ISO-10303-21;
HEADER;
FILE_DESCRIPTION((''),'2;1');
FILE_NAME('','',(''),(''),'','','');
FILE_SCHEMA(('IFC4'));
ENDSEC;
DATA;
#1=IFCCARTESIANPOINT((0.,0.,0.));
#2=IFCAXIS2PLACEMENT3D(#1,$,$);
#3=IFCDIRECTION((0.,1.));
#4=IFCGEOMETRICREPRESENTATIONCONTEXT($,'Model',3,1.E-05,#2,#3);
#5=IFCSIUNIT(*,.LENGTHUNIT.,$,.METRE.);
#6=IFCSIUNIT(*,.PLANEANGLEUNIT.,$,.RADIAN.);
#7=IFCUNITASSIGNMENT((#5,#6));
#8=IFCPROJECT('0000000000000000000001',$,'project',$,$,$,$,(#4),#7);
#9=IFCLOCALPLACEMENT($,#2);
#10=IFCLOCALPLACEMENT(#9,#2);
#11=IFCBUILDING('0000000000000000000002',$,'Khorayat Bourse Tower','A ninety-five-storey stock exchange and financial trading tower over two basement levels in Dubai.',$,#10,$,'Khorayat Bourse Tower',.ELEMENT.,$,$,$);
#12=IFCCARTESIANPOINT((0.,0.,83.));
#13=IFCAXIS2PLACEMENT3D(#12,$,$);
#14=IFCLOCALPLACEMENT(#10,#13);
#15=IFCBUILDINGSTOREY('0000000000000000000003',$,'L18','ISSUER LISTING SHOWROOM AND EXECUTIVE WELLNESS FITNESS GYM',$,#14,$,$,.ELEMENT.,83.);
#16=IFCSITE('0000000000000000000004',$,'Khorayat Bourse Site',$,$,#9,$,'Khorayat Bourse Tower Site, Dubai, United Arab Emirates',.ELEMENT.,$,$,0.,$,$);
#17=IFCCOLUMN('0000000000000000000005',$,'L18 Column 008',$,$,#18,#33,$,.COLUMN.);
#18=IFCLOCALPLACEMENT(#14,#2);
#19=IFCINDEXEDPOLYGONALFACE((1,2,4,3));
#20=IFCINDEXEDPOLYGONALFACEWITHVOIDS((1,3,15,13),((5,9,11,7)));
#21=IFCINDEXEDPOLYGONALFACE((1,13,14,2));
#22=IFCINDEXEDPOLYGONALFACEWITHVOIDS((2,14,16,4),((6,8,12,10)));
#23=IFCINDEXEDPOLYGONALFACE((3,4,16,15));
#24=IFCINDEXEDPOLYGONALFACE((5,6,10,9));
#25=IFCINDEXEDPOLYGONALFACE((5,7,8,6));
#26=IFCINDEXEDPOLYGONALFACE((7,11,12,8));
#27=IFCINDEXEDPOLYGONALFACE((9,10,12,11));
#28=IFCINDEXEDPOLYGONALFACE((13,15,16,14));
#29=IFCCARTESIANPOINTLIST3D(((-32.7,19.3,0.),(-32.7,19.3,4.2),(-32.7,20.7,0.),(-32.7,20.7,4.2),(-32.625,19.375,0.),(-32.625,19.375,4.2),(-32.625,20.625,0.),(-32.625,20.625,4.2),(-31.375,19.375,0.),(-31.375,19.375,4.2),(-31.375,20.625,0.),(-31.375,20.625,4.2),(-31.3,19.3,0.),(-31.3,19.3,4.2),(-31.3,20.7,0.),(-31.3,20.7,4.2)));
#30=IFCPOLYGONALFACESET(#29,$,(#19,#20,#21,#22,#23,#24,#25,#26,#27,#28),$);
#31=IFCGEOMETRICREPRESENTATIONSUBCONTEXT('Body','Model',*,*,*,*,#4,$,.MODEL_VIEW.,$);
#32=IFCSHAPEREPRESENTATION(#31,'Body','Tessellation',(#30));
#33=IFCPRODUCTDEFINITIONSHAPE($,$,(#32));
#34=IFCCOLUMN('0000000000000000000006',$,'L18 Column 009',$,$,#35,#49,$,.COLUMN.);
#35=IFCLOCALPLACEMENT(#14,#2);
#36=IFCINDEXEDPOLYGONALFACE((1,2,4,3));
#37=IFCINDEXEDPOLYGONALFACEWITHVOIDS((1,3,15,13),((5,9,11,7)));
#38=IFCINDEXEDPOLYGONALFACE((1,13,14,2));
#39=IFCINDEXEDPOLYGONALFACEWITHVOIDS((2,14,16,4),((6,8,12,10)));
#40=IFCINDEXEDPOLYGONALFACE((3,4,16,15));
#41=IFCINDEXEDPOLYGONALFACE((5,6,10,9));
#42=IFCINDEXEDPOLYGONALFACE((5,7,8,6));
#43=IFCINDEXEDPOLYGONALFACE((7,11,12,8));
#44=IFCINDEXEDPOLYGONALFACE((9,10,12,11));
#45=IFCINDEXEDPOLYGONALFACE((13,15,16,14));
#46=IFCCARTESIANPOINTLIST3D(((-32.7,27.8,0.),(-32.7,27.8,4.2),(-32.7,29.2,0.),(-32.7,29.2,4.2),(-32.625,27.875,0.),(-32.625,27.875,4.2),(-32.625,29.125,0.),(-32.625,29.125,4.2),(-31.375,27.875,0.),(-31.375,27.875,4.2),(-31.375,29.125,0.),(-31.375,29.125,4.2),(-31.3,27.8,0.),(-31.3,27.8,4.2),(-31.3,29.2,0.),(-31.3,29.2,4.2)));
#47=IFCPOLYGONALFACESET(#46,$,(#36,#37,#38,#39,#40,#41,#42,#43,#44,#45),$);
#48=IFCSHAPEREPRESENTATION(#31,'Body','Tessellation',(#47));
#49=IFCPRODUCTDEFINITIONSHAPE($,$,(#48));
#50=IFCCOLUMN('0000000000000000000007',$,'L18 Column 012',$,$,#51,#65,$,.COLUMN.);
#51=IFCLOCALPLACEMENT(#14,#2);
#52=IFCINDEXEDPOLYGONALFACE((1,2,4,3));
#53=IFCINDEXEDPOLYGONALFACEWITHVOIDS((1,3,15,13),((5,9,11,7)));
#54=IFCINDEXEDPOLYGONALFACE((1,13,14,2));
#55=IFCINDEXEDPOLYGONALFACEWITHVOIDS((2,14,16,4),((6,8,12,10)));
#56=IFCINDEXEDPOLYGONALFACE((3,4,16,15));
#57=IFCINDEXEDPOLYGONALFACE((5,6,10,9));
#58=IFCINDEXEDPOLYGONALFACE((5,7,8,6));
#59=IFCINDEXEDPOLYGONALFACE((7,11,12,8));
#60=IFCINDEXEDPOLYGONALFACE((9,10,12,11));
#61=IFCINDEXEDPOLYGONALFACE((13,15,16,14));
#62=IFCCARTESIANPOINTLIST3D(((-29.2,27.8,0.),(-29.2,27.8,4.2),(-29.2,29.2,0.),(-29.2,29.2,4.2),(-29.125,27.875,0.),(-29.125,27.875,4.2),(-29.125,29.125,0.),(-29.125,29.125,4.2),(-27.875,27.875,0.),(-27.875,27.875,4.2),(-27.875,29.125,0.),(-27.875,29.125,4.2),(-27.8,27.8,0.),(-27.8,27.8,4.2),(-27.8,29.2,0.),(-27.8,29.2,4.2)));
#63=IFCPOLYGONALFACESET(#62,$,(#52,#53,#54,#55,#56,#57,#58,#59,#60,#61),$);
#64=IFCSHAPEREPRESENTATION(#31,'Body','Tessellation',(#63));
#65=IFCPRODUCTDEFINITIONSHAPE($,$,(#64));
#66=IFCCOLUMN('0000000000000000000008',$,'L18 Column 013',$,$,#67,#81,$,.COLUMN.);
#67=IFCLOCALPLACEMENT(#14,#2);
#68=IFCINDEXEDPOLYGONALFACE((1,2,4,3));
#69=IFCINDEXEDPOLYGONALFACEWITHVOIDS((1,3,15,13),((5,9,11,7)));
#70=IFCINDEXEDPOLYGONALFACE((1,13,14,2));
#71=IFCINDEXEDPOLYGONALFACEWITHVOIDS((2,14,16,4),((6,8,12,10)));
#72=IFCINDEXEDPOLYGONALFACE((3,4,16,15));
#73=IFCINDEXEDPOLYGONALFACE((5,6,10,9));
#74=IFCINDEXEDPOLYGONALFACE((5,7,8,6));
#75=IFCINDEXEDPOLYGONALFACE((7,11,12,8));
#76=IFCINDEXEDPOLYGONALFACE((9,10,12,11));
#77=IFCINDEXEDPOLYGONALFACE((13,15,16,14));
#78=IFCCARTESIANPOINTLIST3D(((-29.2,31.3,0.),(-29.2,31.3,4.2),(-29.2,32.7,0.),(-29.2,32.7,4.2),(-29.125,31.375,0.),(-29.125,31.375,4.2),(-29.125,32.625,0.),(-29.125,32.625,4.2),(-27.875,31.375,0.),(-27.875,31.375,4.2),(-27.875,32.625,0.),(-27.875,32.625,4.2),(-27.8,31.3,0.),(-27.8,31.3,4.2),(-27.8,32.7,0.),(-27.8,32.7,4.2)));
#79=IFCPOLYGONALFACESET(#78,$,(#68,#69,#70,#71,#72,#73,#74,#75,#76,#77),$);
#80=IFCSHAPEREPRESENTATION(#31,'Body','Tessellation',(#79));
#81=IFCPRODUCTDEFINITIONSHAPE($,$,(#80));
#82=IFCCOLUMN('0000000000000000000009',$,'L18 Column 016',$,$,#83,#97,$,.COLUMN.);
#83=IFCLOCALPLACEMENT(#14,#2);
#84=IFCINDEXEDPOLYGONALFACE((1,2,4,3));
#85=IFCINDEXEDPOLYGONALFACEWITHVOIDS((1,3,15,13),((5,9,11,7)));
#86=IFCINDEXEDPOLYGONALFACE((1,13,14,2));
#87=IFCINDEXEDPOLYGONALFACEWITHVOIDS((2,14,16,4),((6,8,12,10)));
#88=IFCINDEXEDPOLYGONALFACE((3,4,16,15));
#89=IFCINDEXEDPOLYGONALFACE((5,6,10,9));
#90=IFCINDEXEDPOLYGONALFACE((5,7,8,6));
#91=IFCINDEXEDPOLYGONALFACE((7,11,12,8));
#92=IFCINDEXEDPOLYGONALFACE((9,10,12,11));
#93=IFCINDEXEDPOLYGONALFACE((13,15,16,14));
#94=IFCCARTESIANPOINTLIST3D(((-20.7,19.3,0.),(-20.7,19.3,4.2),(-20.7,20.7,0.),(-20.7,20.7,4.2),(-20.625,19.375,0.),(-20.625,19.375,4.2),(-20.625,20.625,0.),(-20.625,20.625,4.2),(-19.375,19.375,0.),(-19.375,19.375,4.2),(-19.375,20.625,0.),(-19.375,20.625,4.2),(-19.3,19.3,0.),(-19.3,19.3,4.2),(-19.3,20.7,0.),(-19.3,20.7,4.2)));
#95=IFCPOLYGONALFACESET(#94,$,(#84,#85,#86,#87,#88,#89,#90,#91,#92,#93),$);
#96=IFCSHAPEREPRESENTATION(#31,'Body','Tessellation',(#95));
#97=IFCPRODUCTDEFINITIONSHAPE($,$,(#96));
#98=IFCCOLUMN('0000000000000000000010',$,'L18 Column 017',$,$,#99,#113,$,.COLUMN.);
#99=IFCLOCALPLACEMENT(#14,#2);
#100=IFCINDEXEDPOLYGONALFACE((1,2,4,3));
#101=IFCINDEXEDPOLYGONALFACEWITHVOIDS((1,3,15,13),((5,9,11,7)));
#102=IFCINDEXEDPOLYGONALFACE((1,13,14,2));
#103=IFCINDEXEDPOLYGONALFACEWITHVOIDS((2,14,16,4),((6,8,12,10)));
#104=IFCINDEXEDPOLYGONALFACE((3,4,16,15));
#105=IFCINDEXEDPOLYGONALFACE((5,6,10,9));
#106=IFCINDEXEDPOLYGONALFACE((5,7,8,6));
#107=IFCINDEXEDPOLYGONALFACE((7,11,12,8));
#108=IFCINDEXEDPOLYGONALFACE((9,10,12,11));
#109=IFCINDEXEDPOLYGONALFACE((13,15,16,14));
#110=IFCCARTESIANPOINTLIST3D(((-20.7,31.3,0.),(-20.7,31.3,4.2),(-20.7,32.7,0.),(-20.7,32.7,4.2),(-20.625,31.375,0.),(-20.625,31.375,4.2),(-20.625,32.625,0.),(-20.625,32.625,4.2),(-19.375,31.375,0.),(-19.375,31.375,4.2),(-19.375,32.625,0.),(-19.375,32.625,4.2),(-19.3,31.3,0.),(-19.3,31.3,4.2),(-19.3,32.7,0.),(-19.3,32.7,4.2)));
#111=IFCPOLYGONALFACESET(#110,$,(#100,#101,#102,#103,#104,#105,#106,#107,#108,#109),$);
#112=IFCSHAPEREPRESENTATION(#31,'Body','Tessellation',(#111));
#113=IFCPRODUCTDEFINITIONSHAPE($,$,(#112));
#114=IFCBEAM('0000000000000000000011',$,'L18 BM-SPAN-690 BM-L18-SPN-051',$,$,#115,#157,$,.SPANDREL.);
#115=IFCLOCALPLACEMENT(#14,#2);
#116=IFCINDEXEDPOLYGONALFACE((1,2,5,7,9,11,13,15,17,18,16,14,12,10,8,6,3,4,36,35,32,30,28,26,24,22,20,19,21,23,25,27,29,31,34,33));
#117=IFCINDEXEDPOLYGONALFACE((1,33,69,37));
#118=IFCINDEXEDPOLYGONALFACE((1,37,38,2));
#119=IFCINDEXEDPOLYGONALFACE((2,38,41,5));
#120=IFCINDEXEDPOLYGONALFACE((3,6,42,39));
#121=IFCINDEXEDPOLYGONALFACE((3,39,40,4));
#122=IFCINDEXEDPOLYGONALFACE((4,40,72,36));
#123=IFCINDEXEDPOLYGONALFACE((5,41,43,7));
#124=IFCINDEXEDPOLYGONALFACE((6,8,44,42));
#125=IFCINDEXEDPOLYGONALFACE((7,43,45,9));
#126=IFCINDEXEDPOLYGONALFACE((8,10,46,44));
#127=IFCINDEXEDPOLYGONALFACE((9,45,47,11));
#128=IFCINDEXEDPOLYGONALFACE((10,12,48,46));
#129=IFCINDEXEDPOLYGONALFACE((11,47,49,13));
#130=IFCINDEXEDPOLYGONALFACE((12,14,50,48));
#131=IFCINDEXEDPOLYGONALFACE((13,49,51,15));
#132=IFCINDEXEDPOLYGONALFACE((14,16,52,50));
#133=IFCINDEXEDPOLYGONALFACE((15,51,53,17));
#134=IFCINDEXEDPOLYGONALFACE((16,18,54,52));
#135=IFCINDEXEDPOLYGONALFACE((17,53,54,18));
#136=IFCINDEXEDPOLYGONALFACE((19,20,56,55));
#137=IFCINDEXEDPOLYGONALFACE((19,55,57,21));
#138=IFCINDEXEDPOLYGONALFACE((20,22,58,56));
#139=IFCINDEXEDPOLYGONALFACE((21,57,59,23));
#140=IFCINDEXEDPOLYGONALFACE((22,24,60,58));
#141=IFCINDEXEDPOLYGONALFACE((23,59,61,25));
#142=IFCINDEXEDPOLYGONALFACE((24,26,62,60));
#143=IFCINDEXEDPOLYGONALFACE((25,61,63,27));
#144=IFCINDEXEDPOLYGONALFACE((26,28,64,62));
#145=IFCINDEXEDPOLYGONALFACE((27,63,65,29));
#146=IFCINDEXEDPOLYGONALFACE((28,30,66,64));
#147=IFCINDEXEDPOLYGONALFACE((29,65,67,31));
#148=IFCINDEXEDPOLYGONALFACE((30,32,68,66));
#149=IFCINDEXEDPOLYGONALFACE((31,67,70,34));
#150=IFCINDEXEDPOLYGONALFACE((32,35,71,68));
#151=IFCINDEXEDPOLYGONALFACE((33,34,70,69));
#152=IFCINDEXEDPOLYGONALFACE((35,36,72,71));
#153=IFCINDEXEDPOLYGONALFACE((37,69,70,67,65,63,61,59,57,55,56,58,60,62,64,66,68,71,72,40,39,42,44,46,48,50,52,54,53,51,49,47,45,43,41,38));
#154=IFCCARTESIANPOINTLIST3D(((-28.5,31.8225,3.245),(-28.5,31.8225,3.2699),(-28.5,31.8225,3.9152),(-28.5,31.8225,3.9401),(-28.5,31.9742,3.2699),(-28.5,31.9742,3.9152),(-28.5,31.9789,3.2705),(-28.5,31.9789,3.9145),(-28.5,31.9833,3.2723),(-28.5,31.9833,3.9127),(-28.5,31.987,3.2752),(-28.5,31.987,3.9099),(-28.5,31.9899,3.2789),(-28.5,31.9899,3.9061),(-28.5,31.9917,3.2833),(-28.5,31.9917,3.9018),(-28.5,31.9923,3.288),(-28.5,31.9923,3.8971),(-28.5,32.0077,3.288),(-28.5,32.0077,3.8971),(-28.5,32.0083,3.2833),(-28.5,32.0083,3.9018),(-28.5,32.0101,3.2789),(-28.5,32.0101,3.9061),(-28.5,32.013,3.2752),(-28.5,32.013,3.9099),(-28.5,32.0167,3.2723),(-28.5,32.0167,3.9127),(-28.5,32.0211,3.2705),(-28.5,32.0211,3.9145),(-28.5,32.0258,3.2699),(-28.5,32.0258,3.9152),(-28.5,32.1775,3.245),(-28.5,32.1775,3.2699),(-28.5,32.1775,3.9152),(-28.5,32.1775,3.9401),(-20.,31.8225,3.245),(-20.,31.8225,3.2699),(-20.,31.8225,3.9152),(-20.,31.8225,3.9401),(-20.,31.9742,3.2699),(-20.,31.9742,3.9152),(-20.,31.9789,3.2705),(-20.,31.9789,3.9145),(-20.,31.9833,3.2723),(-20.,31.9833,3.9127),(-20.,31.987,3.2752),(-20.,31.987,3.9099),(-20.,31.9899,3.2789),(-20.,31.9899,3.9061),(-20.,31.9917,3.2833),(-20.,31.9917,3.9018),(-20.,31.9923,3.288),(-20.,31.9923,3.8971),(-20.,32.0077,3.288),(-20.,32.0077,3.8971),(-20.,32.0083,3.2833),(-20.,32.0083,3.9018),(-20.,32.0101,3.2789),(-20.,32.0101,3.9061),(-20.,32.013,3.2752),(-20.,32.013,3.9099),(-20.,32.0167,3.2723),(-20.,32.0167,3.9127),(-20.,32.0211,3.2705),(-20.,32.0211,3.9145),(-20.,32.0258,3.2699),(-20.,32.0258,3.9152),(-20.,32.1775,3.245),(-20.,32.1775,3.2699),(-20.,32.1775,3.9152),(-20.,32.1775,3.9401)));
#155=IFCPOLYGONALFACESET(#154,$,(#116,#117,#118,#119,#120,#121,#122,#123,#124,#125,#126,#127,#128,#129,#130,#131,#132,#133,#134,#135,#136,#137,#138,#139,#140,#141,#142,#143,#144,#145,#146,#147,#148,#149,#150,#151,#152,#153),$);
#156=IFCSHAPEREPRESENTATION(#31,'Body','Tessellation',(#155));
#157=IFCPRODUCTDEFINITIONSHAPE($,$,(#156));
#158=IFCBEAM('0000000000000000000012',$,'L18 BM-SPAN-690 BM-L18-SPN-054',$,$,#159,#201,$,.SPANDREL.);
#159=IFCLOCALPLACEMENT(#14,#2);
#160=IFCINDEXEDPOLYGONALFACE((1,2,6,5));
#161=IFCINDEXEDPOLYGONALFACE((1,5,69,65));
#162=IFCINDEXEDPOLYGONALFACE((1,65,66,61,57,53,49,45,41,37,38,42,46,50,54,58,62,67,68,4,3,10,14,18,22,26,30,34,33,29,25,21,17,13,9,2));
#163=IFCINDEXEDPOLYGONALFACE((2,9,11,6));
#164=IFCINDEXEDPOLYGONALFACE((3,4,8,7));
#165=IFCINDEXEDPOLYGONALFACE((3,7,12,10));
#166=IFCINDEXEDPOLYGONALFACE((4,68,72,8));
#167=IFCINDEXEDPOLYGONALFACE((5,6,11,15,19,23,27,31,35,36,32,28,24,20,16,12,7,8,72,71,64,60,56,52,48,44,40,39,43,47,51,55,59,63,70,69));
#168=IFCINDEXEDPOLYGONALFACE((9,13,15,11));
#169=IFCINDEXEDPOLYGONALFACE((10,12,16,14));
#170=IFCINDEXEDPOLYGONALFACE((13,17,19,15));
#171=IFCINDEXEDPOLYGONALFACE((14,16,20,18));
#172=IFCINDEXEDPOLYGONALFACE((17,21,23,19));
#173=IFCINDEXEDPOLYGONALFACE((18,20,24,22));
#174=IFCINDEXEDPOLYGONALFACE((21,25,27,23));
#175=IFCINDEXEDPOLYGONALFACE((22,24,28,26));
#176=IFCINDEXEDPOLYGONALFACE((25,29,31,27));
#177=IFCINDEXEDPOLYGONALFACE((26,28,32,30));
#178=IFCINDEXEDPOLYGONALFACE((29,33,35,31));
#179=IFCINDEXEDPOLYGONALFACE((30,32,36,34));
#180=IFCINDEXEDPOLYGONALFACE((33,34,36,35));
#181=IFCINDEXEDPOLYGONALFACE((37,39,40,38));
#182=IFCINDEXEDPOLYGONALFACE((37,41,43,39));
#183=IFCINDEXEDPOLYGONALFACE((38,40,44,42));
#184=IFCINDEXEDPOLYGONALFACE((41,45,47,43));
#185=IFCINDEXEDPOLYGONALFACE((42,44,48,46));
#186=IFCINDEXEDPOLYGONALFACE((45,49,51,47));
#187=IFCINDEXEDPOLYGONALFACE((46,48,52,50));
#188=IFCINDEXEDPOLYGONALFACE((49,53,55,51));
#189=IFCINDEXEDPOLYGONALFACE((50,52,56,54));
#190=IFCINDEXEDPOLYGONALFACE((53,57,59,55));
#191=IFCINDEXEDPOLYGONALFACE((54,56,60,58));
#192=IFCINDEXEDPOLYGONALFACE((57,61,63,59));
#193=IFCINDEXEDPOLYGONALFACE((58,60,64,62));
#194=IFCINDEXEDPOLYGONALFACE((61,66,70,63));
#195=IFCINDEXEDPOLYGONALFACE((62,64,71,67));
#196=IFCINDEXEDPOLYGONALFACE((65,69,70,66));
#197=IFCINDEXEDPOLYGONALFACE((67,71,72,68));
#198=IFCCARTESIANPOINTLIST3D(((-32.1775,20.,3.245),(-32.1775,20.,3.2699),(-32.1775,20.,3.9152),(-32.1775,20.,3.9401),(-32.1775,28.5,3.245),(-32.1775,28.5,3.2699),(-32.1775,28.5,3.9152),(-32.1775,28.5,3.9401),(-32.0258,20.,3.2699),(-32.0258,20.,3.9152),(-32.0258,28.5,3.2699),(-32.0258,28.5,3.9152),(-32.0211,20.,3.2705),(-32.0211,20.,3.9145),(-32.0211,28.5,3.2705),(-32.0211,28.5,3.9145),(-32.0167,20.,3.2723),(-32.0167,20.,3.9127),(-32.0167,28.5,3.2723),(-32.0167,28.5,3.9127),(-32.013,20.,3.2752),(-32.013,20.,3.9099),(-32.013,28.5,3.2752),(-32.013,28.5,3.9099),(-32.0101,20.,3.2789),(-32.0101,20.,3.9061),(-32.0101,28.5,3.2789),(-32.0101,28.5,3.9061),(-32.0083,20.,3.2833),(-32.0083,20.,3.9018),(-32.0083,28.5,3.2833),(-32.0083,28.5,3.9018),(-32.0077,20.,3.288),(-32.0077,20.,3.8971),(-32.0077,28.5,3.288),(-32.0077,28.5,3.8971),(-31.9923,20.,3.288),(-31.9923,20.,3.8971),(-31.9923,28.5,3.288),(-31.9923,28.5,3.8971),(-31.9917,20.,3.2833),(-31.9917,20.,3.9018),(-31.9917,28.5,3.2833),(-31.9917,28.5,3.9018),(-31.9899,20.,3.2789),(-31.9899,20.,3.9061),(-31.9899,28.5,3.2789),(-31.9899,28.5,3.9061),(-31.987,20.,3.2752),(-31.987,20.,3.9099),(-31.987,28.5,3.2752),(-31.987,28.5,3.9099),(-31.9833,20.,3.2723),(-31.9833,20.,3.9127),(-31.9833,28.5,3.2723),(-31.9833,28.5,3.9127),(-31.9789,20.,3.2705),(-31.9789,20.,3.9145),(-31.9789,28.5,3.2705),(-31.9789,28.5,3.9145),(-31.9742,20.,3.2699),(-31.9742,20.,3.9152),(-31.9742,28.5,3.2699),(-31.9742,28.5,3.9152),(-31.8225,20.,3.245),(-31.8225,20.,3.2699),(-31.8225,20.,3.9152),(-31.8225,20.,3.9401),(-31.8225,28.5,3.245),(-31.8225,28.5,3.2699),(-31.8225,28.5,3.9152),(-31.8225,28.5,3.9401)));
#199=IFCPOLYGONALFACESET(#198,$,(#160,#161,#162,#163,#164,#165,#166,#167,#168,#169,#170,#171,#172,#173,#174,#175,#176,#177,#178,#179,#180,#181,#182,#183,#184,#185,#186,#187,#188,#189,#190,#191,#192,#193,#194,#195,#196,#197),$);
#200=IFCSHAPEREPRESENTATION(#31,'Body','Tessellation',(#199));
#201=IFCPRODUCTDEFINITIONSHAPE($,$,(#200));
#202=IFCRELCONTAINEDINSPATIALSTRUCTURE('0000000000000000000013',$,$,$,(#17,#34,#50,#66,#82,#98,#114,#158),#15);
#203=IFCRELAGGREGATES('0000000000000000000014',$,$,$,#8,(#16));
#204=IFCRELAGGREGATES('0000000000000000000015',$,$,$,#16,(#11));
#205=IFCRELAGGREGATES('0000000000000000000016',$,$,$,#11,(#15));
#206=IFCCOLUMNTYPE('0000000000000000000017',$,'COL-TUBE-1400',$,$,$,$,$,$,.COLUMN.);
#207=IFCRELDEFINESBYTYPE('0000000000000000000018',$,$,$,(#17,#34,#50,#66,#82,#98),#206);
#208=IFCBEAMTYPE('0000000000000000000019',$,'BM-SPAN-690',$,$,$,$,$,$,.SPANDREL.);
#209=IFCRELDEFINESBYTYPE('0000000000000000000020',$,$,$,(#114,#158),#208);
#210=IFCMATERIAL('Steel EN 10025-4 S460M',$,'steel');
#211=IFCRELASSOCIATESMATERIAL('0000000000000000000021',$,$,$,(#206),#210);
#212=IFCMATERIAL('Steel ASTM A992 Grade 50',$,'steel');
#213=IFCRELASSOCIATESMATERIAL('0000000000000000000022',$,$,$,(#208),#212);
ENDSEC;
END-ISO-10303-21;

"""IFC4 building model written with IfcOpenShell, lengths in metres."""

from ifc_helpers import new_model, si_unit, direction, frame, origin, origin_2d, place, context, subcontext, project, spatial, hollow_rectangle, i_section, extrude, source, transform, mapped, material, material_profile, profile_set, type_object, element, save


model = new_model("IFC4")

# Units and contexts
model_context = context("Model", 3, precision=1e-05, world=origin(), true_north=direction((0.0, 1.0)))
body_context = subcontext(model_context, "Body", "Model", "MODEL_VIEW")
ifc_project = project(units=[si_unit("LENGTHUNIT", "METRE"), si_unit("PLANEANGLEUNIT", "RADIAN")], contexts=[model_context])

# Site, building, storey
site_placement = place(None, origin())
site = spatial("IfcSite", under=ifc_project, at=site_placement, Name="Khorayat Bourse Site", LongName="Khorayat Bourse Tower Site, Dubai, United Arab Emirates", CompositionType="ELEMENT", RefElevation=0.0)
building_placement = place(site_placement, origin())
building = spatial("IfcBuilding", under=site, at=building_placement, Name="Khorayat Bourse Tower", Description="A ninety-five-storey stock exchange and financial trading tower over two basement levels in Dubai.", LongName="Khorayat Bourse Tower", CompositionType="ELEMENT")
storey_placement = place(building_placement, frame((0.0, 0.0, 83.0)))
storey = spatial("IfcBuildingStorey", under=building, at=storey_placement, Name="L18", Description="ISSUER LISTING SHOWROOM AND EXECUTIVE WELLNESS FITNESS GYM", CompositionType="ELEMENT", Elevation=83.0)

# Columns
ifc_material_1 = material(Name="Steel EN 10025-4 S460M", Category="steel")
ifc_material_profile_1 = material_profile(ifc_material_1, hollow_rectangle(XDim=1.3999, YDim=1.3999, WallThickness=0.075, at=origin_2d()), Name="BOX 1400x1400x75")
ifc_profile_set_1 = profile_set([ifc_material_profile_1], Name="Steel EN 10025-4 S460M")
column_type = type_object("IfcColumnType", Name="COL-TUBE-1400", PredefinedType="COLUMN", material=ifc_profile_set_1)
shared_shape_1 = source(origin(), body_context, "Body", "SweptSolid", [
    extrude(hollow_rectangle(XDim=1.3999, YDim=1.3999, WallThickness=0.075, at=origin_2d()), origin(), (0.0, 0.0, 1.0), 4.2),
])
for number, where, z_axis, x_axis, name in (
    (1, (-32.0, 20.0, 0.0), (0.0, 0.0, 1.0), (1.0, 0.0, 0.0), "L18 Column 008"),
    (2, (-32.0, 28.5, 0.0), (0.0, 0.0, 1.0), (1.0, 0.0, 0.0), "L18 Column 009"),
    (3, (-28.5, 28.5, 0.0), (0.0, 0.0, 1.0), (1.0, 0.0, 0.0), "L18 Column 012"),
    (4, (-28.5, 32.0, 0.0), (0.0, 0.0, 1.0), (1.0, 0.0, 0.0), "L18 Column 013"),
    (5, (-20.0, 20.0, 0.0), (0.0, 0.0, 1.0), (1.0, 0.0, 0.0), "L18 Column 016"),
    (6, (-20.0, 32.0, 0.0), (0.0, 0.0, 1.0), (1.0, 0.0, 0.0), "L18 Column 017"),
):
    element("IfcColumn", number, at=place(storey_placement, frame(where, z_axis=z_axis, x_axis=x_axis)), inside=storey, type_object=column_type, Name=name, PredefinedType="COLUMN", context=body_context, shape_type="MappedRepresentation", body=[
        mapped(shared_shape_1, transform((0.0, 0.0, 0.0), scale=1.0)),
    ])

# Beams
ifc_material_2 = material(Name="Steel ASTM A992 Grade 50", Category="steel")
ifc_material_profile_2 = material_profile(ifc_material_2, i_section(OverallWidth=0.355, OverallDepth=0.6951, WebThickness=0.0154, FlangeThickness=0.0249, FilletRadius=0.0181, at=origin_2d()), Name="W690X217")
ifc_profile_set_2 = profile_set([ifc_material_profile_2], Name="Steel ASTM A992 Grade 50")
beam_type_1 = type_object("IfcBeamType", Name="BM-SPAN-690", PredefinedType="SPANDREL", material=ifc_profile_set_2)
shared_shape_2 = source(origin(), body_context, "Body", "SweptSolid", [
    extrude(i_section(OverallWidth=0.355, OverallDepth=0.6951, WebThickness=0.0154, FlangeThickness=0.0249, FilletRadius=0.0181, at=origin_2d()), origin(), (0.0, 0.0, 1.0), 8.5),
])
for number, where, z_axis, x_axis, name in (
    (7, (-28.5, 32.0, 3.5925), (1.0, 0.0, 0.0), (0.0, 1.0, 0.0), "L18 BM-SPAN-690 BM-L18-SPN-051"),
    (8, (-32.0, 20.0, 3.5925), (0.0, 1.0, 0.0), (-1.0, 0.0, 0.0), "L18 BM-SPAN-690 BM-L18-SPN-054"),
):
    element("IfcBeam", number, at=place(storey_placement, frame(where, z_axis=z_axis, x_axis=x_axis)), inside=storey, type_object=beam_type_1, Name=name, PredefinedType="SPANDREL", context=body_context, shape_type="MappedRepresentation", body=[
        mapped(shared_shape_2, transform((0.0, 0.0, 0.0), scale=1.0)),
    ])

save(model, "model.ifc")
